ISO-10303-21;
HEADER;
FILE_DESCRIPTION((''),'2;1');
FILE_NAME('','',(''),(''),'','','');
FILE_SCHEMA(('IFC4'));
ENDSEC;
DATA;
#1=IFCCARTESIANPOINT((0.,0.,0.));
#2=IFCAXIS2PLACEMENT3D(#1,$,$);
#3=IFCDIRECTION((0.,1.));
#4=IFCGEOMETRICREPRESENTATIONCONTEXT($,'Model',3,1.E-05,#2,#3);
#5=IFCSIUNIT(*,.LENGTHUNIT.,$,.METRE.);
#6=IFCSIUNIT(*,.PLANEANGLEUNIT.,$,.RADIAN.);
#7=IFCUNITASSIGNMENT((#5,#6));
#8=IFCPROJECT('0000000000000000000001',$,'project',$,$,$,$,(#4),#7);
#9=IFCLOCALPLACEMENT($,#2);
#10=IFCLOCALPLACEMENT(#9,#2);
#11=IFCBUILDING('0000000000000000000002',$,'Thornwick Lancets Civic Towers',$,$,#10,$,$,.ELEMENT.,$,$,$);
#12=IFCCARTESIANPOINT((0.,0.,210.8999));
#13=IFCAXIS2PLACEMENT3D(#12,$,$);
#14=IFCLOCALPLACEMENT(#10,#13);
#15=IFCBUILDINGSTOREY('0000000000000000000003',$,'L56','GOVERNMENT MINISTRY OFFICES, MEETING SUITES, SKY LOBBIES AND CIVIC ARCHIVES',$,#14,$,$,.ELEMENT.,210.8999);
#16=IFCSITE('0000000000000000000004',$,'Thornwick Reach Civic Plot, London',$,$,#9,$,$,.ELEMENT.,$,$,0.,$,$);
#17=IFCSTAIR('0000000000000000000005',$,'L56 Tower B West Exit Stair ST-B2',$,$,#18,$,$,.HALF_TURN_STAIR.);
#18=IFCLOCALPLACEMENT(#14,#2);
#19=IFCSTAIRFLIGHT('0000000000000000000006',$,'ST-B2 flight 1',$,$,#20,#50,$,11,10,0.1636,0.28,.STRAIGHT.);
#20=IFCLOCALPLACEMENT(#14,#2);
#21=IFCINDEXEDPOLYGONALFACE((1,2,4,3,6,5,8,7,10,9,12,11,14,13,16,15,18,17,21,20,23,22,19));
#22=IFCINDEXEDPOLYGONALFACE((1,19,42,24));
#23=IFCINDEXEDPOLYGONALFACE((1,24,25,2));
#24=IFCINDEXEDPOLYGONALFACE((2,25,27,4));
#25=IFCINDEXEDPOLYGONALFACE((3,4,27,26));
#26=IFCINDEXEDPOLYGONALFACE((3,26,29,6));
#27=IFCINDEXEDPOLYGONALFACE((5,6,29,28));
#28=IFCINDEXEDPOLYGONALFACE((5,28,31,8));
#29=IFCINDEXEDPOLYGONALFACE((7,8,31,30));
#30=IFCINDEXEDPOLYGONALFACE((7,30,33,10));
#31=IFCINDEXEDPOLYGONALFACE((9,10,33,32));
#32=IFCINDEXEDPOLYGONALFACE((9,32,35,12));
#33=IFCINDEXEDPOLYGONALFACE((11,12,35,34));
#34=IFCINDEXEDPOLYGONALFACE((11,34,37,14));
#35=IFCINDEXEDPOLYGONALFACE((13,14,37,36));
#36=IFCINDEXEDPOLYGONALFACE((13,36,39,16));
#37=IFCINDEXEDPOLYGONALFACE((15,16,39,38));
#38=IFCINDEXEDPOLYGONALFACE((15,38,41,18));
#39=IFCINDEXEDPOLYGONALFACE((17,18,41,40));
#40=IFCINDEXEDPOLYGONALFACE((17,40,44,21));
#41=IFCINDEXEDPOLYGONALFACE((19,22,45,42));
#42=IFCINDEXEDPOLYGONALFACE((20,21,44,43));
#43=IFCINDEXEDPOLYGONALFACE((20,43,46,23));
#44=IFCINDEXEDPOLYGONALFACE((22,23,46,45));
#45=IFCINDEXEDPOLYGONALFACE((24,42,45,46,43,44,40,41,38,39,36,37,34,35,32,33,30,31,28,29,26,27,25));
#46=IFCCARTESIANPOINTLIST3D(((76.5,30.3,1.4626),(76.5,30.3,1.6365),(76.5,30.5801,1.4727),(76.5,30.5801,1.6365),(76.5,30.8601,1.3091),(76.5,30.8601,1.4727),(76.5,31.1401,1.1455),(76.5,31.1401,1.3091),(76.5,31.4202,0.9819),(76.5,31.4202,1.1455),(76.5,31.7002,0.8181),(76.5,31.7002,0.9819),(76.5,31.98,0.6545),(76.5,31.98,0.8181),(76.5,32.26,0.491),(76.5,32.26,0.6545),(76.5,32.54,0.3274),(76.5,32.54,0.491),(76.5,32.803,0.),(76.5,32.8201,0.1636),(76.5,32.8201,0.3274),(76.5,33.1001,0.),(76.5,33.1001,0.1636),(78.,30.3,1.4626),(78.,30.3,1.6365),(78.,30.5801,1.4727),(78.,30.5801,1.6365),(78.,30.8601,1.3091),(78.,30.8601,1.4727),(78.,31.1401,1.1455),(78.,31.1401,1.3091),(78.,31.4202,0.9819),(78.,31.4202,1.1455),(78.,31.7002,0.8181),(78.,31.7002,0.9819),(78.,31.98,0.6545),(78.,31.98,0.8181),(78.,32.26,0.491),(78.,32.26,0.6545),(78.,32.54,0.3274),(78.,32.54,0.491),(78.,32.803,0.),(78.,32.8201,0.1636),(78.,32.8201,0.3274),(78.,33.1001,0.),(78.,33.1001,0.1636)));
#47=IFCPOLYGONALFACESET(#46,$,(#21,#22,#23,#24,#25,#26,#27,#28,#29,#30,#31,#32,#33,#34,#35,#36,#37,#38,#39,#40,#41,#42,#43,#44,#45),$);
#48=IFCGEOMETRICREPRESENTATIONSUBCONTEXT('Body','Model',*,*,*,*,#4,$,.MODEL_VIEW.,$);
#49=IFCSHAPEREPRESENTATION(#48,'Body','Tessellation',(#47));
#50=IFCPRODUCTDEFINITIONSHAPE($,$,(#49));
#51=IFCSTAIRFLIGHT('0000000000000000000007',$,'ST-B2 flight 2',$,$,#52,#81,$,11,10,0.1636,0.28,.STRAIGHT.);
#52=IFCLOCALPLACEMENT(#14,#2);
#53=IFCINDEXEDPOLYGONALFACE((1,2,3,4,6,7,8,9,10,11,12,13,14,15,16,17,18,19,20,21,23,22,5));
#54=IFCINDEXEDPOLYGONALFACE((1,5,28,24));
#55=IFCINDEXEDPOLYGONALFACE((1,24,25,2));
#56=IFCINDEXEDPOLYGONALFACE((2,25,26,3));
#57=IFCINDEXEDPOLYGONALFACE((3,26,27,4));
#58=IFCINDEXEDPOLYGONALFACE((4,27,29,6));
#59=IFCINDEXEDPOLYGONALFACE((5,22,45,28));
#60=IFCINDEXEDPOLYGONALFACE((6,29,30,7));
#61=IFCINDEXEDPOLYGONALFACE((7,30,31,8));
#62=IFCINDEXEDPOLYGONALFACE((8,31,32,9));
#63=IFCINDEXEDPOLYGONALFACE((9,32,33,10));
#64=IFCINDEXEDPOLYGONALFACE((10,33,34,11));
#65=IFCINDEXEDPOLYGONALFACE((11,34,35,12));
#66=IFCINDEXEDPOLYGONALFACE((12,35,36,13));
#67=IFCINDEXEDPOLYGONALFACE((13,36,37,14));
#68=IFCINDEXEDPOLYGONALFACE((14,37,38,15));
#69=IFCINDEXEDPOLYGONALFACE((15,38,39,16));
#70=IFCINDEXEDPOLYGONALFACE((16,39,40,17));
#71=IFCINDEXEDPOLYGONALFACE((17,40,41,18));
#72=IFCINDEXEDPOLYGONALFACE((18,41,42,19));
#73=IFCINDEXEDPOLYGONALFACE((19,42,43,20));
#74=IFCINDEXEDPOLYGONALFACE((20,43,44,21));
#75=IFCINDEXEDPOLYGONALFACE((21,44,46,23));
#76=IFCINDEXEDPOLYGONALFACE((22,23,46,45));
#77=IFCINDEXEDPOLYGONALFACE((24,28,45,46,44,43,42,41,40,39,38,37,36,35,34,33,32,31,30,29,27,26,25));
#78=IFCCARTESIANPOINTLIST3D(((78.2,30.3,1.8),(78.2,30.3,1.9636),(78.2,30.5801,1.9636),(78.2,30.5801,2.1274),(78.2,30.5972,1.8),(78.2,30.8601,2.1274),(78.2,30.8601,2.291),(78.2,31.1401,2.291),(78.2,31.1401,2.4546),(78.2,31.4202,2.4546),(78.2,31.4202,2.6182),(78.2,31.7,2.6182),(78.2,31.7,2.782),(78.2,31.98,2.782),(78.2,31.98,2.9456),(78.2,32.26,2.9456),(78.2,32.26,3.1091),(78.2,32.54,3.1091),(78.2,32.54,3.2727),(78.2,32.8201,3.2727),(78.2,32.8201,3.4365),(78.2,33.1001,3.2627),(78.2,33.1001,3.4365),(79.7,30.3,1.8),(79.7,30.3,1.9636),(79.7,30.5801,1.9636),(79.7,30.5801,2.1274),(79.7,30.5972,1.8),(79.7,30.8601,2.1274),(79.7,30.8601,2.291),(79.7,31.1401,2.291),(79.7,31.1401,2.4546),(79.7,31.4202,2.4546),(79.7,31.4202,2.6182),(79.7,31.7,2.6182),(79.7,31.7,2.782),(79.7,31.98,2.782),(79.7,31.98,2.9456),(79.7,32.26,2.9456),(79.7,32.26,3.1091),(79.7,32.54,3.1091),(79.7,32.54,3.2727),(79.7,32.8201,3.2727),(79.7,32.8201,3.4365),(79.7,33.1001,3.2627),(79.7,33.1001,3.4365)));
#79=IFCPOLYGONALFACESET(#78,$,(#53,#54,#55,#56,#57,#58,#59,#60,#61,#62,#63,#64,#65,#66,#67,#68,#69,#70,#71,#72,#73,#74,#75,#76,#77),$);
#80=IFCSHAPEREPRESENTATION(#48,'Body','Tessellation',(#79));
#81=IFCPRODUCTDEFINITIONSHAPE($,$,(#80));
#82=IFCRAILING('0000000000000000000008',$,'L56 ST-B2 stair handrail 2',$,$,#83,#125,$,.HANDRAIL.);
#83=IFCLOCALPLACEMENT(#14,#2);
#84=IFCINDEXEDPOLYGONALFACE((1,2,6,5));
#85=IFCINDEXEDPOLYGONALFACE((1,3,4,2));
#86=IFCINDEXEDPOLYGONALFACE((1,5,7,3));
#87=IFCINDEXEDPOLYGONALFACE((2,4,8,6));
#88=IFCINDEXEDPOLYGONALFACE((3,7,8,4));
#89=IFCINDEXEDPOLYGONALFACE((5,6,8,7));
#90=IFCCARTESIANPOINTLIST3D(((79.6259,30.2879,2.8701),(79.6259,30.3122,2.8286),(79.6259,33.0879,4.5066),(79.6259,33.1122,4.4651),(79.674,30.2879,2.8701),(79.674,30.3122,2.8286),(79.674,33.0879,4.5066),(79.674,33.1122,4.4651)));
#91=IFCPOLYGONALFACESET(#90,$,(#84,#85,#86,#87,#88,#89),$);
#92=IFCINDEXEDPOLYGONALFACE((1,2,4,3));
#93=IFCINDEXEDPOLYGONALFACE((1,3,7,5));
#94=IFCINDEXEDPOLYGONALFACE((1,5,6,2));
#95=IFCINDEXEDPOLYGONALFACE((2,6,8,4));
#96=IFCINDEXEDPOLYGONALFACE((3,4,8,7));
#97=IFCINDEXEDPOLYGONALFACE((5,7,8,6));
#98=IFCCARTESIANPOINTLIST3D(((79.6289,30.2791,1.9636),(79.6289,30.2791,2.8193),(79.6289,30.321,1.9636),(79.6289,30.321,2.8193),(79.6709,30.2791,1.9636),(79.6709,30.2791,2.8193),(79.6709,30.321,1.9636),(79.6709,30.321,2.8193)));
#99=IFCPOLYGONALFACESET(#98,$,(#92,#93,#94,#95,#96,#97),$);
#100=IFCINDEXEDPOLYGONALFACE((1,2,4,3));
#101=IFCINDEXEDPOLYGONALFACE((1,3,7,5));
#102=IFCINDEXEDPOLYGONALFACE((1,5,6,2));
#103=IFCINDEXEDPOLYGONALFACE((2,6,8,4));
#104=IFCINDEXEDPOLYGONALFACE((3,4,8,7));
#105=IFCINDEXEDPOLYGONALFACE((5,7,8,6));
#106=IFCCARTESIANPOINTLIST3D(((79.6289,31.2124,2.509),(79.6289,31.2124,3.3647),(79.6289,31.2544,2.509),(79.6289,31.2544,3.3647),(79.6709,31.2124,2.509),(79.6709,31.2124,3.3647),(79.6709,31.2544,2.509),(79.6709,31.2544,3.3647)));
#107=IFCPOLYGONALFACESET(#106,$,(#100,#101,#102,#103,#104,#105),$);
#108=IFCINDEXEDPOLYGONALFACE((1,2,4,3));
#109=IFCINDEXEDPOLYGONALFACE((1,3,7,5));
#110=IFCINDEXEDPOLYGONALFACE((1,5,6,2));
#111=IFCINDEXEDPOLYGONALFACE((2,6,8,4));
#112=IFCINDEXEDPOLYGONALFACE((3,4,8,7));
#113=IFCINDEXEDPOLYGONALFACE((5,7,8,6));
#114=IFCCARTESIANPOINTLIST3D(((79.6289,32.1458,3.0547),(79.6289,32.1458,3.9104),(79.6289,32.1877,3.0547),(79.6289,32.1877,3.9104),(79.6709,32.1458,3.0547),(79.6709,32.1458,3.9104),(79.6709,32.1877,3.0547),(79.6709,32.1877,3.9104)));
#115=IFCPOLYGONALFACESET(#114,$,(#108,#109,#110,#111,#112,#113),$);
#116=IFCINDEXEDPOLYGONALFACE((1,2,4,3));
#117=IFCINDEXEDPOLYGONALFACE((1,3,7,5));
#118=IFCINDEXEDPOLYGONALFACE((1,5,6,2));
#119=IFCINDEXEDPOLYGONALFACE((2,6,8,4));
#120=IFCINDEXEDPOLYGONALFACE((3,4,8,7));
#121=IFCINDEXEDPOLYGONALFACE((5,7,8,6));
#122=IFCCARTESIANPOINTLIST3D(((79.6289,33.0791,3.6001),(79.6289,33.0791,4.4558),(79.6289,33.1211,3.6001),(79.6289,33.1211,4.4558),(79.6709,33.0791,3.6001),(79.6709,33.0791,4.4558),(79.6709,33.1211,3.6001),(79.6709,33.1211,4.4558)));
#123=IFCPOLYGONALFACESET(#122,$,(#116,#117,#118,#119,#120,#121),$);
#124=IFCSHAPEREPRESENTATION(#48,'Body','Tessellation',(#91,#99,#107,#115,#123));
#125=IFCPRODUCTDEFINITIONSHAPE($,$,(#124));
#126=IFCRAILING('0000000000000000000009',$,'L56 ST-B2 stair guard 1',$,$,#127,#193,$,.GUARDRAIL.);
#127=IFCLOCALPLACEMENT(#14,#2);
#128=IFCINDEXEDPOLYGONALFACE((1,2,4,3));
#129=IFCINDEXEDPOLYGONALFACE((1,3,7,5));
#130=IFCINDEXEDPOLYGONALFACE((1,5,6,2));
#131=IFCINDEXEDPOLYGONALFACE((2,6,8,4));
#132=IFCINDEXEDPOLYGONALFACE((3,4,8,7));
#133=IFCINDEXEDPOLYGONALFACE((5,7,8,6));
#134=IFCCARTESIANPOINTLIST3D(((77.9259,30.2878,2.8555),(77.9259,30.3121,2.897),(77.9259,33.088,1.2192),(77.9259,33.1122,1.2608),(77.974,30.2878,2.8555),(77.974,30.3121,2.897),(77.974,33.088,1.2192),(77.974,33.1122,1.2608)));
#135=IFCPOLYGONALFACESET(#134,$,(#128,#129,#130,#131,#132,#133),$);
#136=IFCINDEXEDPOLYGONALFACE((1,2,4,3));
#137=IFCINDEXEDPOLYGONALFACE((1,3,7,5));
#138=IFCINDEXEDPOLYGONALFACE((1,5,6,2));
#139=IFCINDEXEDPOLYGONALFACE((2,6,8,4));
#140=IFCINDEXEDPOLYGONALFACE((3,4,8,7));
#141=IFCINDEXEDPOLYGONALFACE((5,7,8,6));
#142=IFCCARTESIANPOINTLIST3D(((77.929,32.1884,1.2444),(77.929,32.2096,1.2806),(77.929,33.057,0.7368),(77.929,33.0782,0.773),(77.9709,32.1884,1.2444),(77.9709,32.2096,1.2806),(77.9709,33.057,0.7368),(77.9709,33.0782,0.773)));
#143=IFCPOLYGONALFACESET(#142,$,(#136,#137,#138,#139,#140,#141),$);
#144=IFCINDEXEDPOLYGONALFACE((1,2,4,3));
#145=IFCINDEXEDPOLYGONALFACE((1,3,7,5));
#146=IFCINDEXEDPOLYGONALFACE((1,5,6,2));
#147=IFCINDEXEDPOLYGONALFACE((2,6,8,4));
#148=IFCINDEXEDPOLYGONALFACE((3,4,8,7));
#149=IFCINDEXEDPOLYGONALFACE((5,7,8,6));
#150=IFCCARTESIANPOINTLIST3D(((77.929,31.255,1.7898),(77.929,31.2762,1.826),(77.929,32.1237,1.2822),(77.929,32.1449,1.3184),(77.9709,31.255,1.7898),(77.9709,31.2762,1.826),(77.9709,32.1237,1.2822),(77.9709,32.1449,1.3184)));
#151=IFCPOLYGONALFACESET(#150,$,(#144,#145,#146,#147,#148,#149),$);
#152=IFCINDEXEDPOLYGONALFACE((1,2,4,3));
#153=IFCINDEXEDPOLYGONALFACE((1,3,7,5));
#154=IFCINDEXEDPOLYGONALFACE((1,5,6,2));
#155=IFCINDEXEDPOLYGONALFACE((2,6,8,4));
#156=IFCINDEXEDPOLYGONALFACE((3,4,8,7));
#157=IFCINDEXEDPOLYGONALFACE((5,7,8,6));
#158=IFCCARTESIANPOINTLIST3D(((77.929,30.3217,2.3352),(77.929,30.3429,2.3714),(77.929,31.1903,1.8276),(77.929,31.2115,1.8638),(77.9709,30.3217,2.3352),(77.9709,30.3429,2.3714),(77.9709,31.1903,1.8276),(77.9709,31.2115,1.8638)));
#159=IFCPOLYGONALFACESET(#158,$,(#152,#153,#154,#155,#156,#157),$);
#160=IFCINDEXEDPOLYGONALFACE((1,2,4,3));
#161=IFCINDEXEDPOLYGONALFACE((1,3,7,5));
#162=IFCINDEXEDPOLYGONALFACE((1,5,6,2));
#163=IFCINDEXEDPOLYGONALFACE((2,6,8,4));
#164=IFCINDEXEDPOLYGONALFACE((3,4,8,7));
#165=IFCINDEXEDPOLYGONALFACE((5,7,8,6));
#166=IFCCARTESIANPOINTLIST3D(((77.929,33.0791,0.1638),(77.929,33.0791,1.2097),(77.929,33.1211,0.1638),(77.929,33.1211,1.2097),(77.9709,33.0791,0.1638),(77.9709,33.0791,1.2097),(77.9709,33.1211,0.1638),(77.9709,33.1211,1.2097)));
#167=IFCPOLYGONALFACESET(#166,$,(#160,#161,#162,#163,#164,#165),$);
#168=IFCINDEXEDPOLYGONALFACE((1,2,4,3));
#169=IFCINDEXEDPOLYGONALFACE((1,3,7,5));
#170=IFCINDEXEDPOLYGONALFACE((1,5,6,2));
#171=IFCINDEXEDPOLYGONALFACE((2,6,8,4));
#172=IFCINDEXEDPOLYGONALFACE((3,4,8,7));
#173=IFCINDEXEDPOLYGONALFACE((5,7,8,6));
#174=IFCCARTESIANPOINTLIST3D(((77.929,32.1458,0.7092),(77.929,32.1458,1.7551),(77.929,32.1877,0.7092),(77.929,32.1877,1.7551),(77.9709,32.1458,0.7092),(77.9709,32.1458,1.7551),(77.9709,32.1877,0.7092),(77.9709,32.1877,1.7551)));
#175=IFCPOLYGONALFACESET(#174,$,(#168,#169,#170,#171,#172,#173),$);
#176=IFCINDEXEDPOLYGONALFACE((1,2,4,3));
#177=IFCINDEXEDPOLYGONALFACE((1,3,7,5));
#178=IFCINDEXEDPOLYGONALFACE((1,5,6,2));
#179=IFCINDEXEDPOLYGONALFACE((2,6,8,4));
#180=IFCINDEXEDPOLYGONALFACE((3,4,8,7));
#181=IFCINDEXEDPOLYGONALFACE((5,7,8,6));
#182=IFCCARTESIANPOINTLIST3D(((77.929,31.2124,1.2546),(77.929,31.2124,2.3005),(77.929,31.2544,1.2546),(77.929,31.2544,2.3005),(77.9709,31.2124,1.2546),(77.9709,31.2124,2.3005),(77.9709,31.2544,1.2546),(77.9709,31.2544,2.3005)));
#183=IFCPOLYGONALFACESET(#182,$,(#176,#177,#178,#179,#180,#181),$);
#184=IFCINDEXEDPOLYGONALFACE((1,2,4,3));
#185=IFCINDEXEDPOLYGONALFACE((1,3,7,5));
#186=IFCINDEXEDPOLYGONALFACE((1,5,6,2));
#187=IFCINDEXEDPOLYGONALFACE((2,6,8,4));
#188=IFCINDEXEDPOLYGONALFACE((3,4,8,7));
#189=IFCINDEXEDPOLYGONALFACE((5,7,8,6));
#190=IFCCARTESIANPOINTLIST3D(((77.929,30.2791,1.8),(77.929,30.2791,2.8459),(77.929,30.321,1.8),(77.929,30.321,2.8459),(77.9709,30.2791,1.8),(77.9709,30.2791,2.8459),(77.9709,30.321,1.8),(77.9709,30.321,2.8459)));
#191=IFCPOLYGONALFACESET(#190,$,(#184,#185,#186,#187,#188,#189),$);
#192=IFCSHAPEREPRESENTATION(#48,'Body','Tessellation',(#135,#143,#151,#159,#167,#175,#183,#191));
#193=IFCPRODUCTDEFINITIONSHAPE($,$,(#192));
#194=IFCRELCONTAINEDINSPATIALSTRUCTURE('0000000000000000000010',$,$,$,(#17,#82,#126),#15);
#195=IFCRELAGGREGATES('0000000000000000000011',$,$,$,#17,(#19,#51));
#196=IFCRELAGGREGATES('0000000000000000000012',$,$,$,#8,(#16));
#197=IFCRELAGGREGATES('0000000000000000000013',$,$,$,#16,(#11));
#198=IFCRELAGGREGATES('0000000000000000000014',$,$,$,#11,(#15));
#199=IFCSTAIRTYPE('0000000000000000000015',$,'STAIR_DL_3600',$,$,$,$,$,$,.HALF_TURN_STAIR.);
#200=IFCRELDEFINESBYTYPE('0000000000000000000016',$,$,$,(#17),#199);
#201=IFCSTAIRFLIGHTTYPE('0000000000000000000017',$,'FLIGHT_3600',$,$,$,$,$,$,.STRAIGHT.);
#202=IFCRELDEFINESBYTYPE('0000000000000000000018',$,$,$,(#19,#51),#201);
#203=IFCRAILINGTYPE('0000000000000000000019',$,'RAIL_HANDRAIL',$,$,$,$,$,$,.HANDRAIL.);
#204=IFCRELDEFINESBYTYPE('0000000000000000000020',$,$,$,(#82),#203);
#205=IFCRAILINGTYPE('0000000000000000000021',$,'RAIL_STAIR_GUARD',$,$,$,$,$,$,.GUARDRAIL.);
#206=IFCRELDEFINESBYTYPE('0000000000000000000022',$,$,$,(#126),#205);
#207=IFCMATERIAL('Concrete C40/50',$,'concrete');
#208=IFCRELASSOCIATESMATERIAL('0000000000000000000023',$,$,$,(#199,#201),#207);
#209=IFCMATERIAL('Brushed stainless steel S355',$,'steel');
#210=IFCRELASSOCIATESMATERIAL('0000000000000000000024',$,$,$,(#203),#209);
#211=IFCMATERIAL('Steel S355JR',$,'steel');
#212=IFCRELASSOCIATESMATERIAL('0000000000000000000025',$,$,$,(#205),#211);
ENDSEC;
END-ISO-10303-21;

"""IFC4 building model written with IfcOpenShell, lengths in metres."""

from ifc_helpers import new_model, si_unit, direction, frame, origin, origin_2d, place, context, subcontext, project, spatial, polyline, rectangle, outline, extrude, material, type_object, element, aggregate, save


model = new_model("IFC4")

# Units and contexts
model_context = context("Model", 3, precision=1e-05, world=origin(), true_north=direction((0.0, 1.0)))
body_context = subcontext(model_context, "Body", "Model", "MODEL_VIEW")
ifc_project = project(units=[si_unit("LENGTHUNIT", "METRE"), si_unit("PLANEANGLEUNIT", "RADIAN")], contexts=[model_context])

# Site, building, storey
site_placement = place(None, origin())
site = spatial("IfcSite", under=ifc_project, at=site_placement, Name="Thornwick Reach Civic Plot, London", CompositionType="ELEMENT", RefElevation=0.0)
building_placement = place(site_placement, origin())
building = spatial("IfcBuilding", under=site, at=building_placement, Name="Thornwick Lancets Civic Towers", CompositionType="ELEMENT")
storey_placement = place(building_placement, frame((0.0, 0.0, 210.8999)))
storey = spatial("IfcBuildingStorey", under=building, at=storey_placement, Name="L56", Description="GOVERNMENT MINISTRY OFFICES, MEETING SUITES, SKY LOBBIES AND CIVIC ARCHIVES", CompositionType="ELEMENT", Elevation=210.8999)

# Shared definitions
ifc_material_1 = material(Name="Concrete C40/50", Category="concrete")

# Stair, stair flights
stair_type = type_object("IfcStairType", Name="STAIR_DL_3600", PredefinedType="HALF_TURN_STAIR", material=ifc_material_1)
stair_placement = place(storey_placement, origin())
stair = element("IfcStair", 1, at=stair_placement, inside=storey, type_object=stair_type, Name="L56 Tower B West Exit Stair ST-B2", PredefinedType="HALF_TURN_STAIR")
stair_flight_type = type_object("IfcStairFlightType", Name="FLIGHT_3600", PredefinedType="STRAIGHT", material=ifc_material_1)
stair_flight_1_placement = place(storey_placement, frame((77.25, 33.1001, 0.0), z_axis=(0.0, 0.0, 1.0), x_axis=(0.0, -1.0, 0.0)))
stair_flight_1 = element("IfcStairFlight", 2, at=stair_flight_1_placement, type_object=stair_flight_type, Name="ST-B2 flight 1", NumberOfRisers=11, NumberOfTreads=10, PredefinedType="STRAIGHT", RiserHeight=0.1636, TreadLength=0.28, context=body_context, shape_type="SweptSolid", body=[
    extrude(outline(polyline([(0.0, 0.0), (0.0, 0.1636), (0.28, 0.1636), (0.28, 0.3274), (0.5601, 0.3274), (0.5601, 0.491), (0.8401, 0.491), (0.8401, 0.6545), (1.1201, 0.6545), (1.1201, 0.8181), (1.3999, 0.8181), (1.3999, 0.9819), (1.6799, 0.9819), (1.6799, 1.1455), (1.96, 1.1455), (1.96, 1.3091), (2.24, 1.3091), (2.24, 1.4727), (2.52, 1.4727), (2.52, 1.6365), (2.8, 1.6365), (2.8, 1.8), (2.8, 1.4626), (0.2971, 0.0), (0.0, 0.0)])), frame((0.0, 0.75, 0.0), z_axis=(0.0, -1.0, 0.0), x_axis=(1.0, 0.0, 0.0)), (0.0, 0.0, 1.0), 1.5),
])
stair_flight_2_placement = place(storey_placement, frame((78.95, 30.3, 1.8), z_axis=(0.0, 0.0, 1.0), x_axis=(0.0, 1.0, 0.0)))
stair_flight_2 = element("IfcStairFlight", 3, at=stair_flight_2_placement, type_object=stair_flight_type, Name="ST-B2 flight 2", NumberOfRisers=11, NumberOfTreads=10, PredefinedType="STRAIGHT", RiserHeight=0.1636, TreadLength=0.28, context=body_context, shape_type="SweptSolid", body=[
    extrude(outline(polyline([(0.0, 0.0), (0.0, 0.1636), (0.28, 0.1636), (0.28, 0.3274), (0.5601, 0.3274), (0.5601, 0.491), (0.8401, 0.491), (0.8401, 0.6545), (1.1201, 0.6545), (1.1201, 0.8181), (1.3999, 0.8181), (1.3999, 0.9819), (1.6799, 0.9819), (1.6799, 1.1455), (1.96, 1.1455), (1.96, 1.3091), (2.24, 1.3091), (2.24, 1.4727), (2.52, 1.4727), (2.52, 1.6365), (2.8, 1.6365), (2.8, 1.8), (2.8, 1.4626), (0.2971, 0.0), (0.0, 0.0)])), frame((0.0, 0.75, 0.0), z_axis=(0.0, -1.0, 0.0), x_axis=(1.0, 0.0, 0.0)), (0.0, 0.0, 1.0), 1.5),
])
aggregate(stair, [stair_flight_1, stair_flight_2])

# Railings
ifc_material_2 = material(Name="Brushed stainless steel S355", Category="steel")
railing_type_1 = type_object("IfcRailingType", Name="RAIL_HANDRAIL", PredefinedType="HANDRAIL", material=ifc_material_2)
railing_1_placement = place(storey_placement, frame((79.6499, 30.3, 1.9636)))
element("IfcRailing", 4, at=railing_1_placement, inside=storey, type_object=railing_type_1, Name="L56 ST-B2 stair handrail 2", PredefinedType="HANDRAIL", context=body_context, shape_type="SweptSolid", body=[
    extrude(rectangle(XDim=0.0481, YDim=0.0481, at=origin_2d()), frame((0.0, 0.0, 0.8857), z_axis=(0.0, 0.863361, 0.504587), x_axis=(-1.0, 0.0, 0.0)), (0.0, 0.0, 1.0), 3.2432),
    extrude(rectangle(XDim=0.042, YDim=0.042, at=origin_2d()), origin(), (0.0, 0.0, 1.0), 0.8557),
    extrude(rectangle(XDim=0.042, YDim=0.042, at=origin_2d()), frame((0.0, 0.9333, 0.5454)), (0.0, 0.0, 1.0), 0.8557),
    extrude(rectangle(XDim=0.042, YDim=0.042, at=origin_2d()), frame((0.0, 1.8667, 1.0911)), (0.0, 0.0, 1.0), 0.8557),
    extrude(rectangle(XDim=0.042, YDim=0.042, at=origin_2d()), frame((0.0, 2.8, 1.6365)), (0.0, 0.0, 1.0), 0.8557),
])
ifc_material_3 = material(Name="Steel S355JR", Category="steel")
railing_type_2 = type_object("IfcRailingType", Name="RAIL_STAIR_GUARD", PredefinedType="GUARDRAIL", material=ifc_material_3)
railing_2_placement = place(storey_placement, frame((77.95, 33.1001, 0.1638)))
element("IfcRailing", 5, at=railing_2_placement, inside=storey, type_object=railing_type_2, Name="L56 ST-B2 stair guard 1", PredefinedType="GUARDRAIL", context=body_context, shape_type="SweptSolid", body=[
    extrude(rectangle(XDim=0.0481, YDim=0.0481, at=origin_2d()), frame((0.0, 0.0, 1.0762), z_axis=(0.0, -0.863394, 0.504531), x_axis=(1.0, 0.0, 0.0)), (0.0, 0.0, 1.0), 3.2432),
    extrude(rectangle(XDim=0.042, YDim=0.042, at=origin_2d()), frame((0.0, -0.0325, 0.5911), z_axis=(0.0, -0.863394, 0.504531), x_axis=(1.0, 0.0, 0.0)), (0.0, 0.0, 1.0), 1.0061),
    extrude(rectangle(XDim=0.042, YDim=0.042, at=origin_2d()), frame((0.0, -0.9658, 1.1365), z_axis=(0.0, -0.863394, 0.504531), x_axis=(1.0, 0.0, 0.0)), (0.0, 0.0, 1.0), 1.0061),
    extrude(rectangle(XDim=0.042, YDim=0.042, at=origin_2d()), frame((0.0, -1.8992, 1.6819), z_axis=(0.0, -0.863394, 0.504531), x_axis=(1.0, 0.0, 0.0)), (0.0, 0.0, 1.0), 1.0061),
    extrude(rectangle(XDim=0.042, YDim=0.042, at=origin_2d()), origin(), (0.0, 0.0, 1.0), 1.0459),
    extrude(rectangle(XDim=0.042, YDim=0.042, at=origin_2d()), frame((0.0, -0.9333, 0.5454)), (0.0, 0.0, 1.0), 1.0459),
    extrude(rectangle(XDim=0.042, YDim=0.042, at=origin_2d()), frame((0.0, -1.8667, 1.0908)), (0.0, 0.0, 1.0), 1.0459),
    extrude(rectangle(XDim=0.042, YDim=0.042, at=origin_2d()), frame((0.0, -2.8, 1.6362)), (0.0, 0.0, 1.0), 1.0459),
])

save(model, "model.ifc")
